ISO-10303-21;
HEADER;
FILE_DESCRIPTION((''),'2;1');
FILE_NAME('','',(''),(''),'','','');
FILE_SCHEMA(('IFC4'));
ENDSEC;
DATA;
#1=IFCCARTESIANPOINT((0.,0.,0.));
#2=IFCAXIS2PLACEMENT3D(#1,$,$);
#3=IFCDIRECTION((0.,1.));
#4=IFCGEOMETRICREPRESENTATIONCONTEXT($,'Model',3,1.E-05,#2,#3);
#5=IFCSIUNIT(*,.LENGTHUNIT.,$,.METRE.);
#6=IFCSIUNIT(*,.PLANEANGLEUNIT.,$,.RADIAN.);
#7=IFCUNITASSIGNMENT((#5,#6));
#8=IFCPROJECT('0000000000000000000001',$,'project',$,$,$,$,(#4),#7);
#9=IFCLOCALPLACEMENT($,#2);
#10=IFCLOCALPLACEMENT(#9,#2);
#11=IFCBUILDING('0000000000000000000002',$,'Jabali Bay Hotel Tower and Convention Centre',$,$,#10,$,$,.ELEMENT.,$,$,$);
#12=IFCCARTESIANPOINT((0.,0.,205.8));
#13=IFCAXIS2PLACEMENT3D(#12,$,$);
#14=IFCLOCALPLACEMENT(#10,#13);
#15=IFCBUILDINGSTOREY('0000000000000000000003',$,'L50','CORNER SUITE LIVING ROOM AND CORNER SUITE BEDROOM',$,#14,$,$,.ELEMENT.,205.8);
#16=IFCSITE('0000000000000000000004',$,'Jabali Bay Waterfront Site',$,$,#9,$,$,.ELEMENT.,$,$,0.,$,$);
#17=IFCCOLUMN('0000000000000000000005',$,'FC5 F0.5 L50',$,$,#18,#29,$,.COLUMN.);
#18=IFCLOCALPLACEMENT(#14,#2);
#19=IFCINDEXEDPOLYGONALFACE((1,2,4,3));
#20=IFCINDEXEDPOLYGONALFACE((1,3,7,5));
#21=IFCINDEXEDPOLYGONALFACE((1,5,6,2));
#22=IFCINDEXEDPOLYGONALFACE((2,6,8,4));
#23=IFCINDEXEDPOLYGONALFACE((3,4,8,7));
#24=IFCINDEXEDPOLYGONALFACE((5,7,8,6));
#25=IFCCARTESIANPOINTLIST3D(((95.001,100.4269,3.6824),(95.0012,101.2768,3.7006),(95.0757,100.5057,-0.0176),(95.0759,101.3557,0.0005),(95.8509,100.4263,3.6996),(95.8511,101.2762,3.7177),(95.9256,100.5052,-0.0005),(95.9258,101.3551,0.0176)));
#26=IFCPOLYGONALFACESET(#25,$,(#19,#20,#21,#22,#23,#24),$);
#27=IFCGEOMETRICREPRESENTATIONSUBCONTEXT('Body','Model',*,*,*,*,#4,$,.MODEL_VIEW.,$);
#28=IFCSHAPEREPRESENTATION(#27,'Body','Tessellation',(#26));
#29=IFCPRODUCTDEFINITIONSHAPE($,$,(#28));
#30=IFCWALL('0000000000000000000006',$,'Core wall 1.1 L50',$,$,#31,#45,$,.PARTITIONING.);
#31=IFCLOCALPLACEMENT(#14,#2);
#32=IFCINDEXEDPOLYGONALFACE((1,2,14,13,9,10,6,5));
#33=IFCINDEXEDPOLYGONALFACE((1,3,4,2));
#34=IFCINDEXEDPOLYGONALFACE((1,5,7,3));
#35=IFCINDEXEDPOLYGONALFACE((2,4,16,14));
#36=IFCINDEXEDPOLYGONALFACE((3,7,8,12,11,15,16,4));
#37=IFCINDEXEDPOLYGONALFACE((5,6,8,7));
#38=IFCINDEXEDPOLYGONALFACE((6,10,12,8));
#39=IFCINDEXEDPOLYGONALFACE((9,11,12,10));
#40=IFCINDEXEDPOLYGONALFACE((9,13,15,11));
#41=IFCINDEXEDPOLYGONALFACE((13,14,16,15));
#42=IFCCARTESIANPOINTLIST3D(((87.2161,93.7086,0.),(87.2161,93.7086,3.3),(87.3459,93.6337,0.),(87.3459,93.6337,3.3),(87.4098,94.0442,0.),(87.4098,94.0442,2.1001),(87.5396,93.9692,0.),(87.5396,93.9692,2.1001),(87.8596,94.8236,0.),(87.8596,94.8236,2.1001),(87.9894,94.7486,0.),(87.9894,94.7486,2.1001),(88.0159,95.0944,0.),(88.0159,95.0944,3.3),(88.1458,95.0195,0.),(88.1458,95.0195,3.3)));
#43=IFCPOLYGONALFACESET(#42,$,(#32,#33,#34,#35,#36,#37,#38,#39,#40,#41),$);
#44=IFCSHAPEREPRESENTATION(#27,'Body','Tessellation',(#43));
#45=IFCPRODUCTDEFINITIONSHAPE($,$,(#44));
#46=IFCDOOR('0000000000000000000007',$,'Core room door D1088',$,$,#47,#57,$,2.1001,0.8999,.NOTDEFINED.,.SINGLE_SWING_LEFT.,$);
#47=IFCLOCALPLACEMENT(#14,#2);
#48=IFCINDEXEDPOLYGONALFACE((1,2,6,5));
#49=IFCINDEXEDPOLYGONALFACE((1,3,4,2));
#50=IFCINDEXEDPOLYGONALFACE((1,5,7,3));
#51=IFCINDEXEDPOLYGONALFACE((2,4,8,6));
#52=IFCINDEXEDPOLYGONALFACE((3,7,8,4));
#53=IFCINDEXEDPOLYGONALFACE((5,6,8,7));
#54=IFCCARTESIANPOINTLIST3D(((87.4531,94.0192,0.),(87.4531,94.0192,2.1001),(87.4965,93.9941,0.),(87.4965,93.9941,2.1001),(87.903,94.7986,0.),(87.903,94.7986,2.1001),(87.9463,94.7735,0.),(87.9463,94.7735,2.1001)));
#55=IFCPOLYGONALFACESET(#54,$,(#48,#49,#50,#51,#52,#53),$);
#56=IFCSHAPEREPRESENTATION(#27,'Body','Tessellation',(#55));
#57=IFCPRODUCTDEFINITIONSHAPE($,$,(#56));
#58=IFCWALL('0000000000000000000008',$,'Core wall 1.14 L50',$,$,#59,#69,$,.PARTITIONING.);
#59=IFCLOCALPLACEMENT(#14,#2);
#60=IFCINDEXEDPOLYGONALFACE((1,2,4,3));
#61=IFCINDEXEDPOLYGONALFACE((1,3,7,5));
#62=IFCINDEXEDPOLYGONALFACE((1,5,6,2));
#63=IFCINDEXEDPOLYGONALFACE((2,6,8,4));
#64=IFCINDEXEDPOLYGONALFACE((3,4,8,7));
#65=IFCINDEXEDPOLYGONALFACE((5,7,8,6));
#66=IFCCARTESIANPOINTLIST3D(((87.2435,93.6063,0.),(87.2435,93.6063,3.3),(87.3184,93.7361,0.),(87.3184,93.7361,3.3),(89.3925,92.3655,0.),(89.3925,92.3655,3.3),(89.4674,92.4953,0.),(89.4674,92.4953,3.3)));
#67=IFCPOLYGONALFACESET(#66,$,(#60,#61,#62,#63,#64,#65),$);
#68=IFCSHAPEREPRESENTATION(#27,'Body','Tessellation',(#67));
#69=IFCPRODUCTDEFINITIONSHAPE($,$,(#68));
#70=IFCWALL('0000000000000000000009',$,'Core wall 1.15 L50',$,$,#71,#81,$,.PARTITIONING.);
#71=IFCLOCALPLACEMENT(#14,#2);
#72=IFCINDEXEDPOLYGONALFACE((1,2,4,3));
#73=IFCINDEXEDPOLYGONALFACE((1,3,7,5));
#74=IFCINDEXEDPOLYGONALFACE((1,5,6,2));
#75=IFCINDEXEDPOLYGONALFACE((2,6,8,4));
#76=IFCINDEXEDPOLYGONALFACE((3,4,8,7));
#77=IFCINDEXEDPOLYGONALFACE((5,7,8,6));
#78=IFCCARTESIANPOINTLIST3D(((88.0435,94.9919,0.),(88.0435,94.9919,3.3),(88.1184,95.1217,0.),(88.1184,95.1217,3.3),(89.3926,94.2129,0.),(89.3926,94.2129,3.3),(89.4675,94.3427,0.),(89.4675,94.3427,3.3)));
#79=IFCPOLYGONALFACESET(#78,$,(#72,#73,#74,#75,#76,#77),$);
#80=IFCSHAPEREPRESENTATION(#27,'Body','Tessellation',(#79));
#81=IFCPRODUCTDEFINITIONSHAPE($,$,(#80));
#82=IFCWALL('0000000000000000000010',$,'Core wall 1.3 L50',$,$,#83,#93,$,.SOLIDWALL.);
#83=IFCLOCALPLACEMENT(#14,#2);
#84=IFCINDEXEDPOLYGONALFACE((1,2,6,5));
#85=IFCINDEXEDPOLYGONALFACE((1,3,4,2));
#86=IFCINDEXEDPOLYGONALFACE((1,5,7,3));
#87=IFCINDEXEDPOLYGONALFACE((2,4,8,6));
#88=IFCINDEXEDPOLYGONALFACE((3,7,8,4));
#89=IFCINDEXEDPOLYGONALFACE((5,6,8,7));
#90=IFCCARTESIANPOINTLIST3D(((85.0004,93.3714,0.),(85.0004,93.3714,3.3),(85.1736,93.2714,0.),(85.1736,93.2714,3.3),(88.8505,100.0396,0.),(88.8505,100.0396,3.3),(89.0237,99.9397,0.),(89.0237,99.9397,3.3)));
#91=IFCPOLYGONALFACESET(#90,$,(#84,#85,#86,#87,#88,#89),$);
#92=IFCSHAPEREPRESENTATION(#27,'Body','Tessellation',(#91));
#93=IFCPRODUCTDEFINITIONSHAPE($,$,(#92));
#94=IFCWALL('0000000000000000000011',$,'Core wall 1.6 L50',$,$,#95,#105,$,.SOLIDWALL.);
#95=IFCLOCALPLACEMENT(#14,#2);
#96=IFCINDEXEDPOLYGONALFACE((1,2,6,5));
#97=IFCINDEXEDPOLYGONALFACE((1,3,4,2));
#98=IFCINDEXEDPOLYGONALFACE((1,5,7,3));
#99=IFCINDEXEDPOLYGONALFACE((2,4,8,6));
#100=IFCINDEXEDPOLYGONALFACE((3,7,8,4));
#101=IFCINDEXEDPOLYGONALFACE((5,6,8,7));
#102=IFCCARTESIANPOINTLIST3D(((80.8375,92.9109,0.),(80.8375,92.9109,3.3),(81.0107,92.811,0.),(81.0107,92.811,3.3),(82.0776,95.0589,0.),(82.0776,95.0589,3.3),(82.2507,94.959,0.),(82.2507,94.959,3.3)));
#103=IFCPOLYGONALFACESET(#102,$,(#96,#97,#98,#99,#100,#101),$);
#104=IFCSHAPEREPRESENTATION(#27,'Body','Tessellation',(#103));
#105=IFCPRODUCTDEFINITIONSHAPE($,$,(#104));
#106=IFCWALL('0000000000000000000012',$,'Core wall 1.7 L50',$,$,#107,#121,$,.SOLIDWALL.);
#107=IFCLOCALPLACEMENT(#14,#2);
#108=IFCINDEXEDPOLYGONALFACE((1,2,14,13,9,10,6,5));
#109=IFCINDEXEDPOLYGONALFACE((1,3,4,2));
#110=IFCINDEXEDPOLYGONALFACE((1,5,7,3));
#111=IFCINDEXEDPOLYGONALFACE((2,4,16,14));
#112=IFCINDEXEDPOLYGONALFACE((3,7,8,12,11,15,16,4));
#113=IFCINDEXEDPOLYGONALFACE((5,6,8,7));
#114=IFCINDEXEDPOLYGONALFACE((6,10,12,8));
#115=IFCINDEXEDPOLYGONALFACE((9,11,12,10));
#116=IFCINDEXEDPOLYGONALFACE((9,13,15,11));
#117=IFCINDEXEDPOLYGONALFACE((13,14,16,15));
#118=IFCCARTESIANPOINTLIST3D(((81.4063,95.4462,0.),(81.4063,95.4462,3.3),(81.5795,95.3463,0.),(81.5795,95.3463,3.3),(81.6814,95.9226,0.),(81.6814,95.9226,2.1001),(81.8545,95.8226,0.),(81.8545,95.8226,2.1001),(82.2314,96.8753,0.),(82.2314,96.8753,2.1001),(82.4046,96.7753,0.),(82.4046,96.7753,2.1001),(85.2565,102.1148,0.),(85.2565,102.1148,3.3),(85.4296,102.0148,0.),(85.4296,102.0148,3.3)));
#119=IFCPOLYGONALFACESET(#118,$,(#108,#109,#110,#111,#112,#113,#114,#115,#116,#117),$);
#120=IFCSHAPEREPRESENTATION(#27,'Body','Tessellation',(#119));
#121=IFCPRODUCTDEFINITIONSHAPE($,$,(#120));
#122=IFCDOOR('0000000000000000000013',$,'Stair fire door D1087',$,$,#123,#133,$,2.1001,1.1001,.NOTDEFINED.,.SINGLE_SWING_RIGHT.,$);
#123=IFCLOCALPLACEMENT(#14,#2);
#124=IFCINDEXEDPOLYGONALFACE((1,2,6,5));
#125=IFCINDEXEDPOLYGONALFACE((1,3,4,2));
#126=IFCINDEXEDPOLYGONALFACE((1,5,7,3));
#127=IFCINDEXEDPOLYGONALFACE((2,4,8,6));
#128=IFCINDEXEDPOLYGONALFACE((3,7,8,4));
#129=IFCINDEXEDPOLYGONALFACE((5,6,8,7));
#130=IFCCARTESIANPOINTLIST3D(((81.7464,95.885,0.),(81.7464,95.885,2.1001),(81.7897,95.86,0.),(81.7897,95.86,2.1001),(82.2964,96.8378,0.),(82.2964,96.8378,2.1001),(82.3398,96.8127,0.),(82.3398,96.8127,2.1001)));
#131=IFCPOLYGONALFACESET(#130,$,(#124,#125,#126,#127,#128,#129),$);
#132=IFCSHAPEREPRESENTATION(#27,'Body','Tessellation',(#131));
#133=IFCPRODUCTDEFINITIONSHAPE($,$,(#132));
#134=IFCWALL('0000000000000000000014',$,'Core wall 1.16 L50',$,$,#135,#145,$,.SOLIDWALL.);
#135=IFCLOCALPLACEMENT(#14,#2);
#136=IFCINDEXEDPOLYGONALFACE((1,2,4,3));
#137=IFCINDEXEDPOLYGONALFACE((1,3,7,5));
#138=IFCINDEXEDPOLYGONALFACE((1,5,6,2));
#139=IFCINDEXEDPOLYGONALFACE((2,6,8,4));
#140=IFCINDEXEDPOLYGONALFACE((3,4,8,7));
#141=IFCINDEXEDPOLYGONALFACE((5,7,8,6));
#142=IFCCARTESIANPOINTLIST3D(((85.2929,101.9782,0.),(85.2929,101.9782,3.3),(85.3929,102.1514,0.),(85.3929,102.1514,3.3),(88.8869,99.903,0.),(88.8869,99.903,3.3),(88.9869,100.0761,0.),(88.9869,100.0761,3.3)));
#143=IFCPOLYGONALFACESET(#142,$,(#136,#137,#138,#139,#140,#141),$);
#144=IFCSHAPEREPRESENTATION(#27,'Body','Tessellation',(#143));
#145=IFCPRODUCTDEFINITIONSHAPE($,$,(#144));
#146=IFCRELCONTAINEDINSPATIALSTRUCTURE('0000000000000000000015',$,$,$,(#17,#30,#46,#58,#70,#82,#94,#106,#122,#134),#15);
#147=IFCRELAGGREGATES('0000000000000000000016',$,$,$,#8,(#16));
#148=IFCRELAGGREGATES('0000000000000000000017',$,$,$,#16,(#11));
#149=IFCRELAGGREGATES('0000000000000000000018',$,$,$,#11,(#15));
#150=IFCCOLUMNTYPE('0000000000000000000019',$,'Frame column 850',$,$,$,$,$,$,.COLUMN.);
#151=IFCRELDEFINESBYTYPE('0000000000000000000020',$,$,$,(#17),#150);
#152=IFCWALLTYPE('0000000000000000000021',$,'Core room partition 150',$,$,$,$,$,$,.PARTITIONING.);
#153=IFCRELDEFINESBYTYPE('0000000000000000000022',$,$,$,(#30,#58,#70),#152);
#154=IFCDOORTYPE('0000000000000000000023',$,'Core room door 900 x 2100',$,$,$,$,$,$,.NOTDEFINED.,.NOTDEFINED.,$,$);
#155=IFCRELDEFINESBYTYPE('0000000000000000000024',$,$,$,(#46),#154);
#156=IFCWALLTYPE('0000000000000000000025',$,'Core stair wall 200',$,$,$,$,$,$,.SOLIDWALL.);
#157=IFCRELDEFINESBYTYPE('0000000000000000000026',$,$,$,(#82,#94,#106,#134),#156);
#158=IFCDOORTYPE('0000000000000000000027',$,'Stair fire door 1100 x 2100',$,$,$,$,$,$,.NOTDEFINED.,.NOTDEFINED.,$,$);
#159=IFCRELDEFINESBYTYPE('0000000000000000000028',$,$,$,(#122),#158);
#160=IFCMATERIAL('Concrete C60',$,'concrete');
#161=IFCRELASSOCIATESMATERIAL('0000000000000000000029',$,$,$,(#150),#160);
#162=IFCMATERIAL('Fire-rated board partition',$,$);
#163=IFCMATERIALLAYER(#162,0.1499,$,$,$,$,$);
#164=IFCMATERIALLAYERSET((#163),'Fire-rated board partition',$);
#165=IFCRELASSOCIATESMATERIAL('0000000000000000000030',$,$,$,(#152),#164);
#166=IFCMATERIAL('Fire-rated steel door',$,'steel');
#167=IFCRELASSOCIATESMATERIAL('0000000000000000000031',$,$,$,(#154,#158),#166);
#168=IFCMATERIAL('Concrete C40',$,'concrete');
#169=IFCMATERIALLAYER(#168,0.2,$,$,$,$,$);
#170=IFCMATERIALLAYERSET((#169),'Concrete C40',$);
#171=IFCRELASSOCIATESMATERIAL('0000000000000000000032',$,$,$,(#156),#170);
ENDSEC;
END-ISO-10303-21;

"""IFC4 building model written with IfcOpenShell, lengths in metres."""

from ifc_helpers import new_model, si_unit, direction, frame, frame_2d, origin, origin_2d, place, context, subcontext, project, spatial, rectangle, extrude, material, layer, layer_set, material_profile, profile_set, type_object, element, fill, save


model = new_model("IFC4")

# Units and contexts
model_context = context("Model", 3, precision=1e-05, world=origin(), true_north=direction((0.0, 1.0)))
body_context = subcontext(model_context, "Body", "Model", "MODEL_VIEW")
ifc_project = project(units=[si_unit("LENGTHUNIT", "METRE"), si_unit("PLANEANGLEUNIT", "RADIAN")], contexts=[model_context])

# Site, building, storey
site_placement = place(None, origin())
site = spatial("IfcSite", under=ifc_project, at=site_placement, Name="Jabali Bay Waterfront Site", CompositionType="ELEMENT", RefElevation=0.0)
building_placement = place(site_placement, origin())
building = spatial("IfcBuilding", under=site, at=building_placement, Name="Jabali Bay Hotel Tower and Convention Centre", CompositionType="ELEMENT")
storey_placement = place(building_placement, frame((0.0, 0.0, 205.8)))
storey = spatial("IfcBuildingStorey", under=building, at=storey_placement, Name="L50", Description="CORNER SUITE LIVING ROOM AND CORNER SUITE BEDROOM", CompositionType="ELEMENT", Elevation=205.8)

# Column
ifc_material_1 = material(Name="Concrete C60", Category="concrete")
ifc_material_profile = material_profile(ifc_material_1, rectangle(XDim=0.8501, YDim=0.8501, at=origin_2d()), Name="Frame column 850")
ifc_profile_set = profile_set([ifc_material_profile], Name="Concrete C60")
column_type = type_object("IfcColumnType", Name="Frame column 850", PredefinedType="COLUMN", material=ifc_profile_set)
column_placement = place(storey_placement, frame((95.5007, 100.9304, 0.0), z_axis=(-0.020183, -0.021304, 0.999569), x_axis=(0.999796, -0.000658, 0.020173)))
element("IfcColumn", 1, at=column_placement, inside=storey, type_object=column_type, Name="FC5 F0.5 L50", PredefinedType="COLUMN", context=body_context, shape_type="SweptSolid", body=[
    extrude(rectangle(XDim=0.8501, YDim=0.8501, at=origin_2d()), origin(), (0.0, 0.0, 1.0), 3.7017),
])

# Wall, opening, door
ifc_material_2 = material(Name="Fire-rated board partition")
ifc_layer_1 = layer(ifc_material_2, 0.1499)
ifc_layer_set_1 = layer_set([ifc_layer_1], Name="Fire-rated board partition")
wall_type_1 = type_object("IfcWallType", Name="Core room partition 150", PredefinedType="PARTITIONING", material=ifc_layer_set_1)
wall_1_placement = place(storey_placement, frame((87.281, 93.6711, 0.0), z_axis=(0.0, 0.0, 1.0), x_axis=(0.499881, 0.866094, 0.0)))
wall_1 = element("IfcWall", 2, at=wall_1_placement, inside=storey, type_object=wall_type_1, Name="Core wall 1.1 L50", PredefinedType="PARTITIONING", context=body_context, shape_type="SweptSolid", body=[
    extrude(rectangle(XDim=1.6001, YDim=0.1499, at=frame_2d((0.8, 0.0))), origin(), (0.0, 0.0, 1.0), 3.3),
])
opening_1_placement = place(wall_1_placement, frame((0.3875, 0.0, 0.0)))
opening_1 = element("IfcOpeningElement", 3, at=opening_1_placement, cuts=wall_1, PredefinedType="OPENING", context=body_context, shape_type="SweptSolid", body=[
    extrude(rectangle(XDim=0.8999, YDim=2.1001, at=frame_2d((0.45, 1.05))), frame((0.0, 0.0854, 0.0), z_axis=(0.0, -1.0, 0.0), x_axis=(1.0, 0.0, 0.0)), (0.0, 0.0, 1.0), 0.1709),
])
ifc_material_3 = material(Name="Fire-rated steel door", Category="steel")
door_type_1 = type_object("IfcDoorType", Name="Core room door 900 x 2100", OperationType="NOTDEFINED", PredefinedType="NOTDEFINED", material=ifc_material_3)
door_1_placement = place(opening_1_placement, origin())
door_1 = element("IfcDoor", 4, at=door_1_placement, inside=storey, type_object=door_type_1, Name="Core room door D1088", OperationType="SINGLE_SWING_LEFT", OverallHeight=2.1001, OverallWidth=0.8999, PredefinedType="NOTDEFINED", context=body_context, shape_type="SweptSolid", body=[
    extrude(rectangle(XDim=0.8999, YDim=2.1001, at=frame_2d((0.45, 1.05))), frame((0.0, 0.0249, 0.0), z_axis=(0.0, -1.0, 0.0), x_axis=(1.0, 0.0, 0.0)), (0.0, 0.0, 1.0), 0.05),
])
fill(opening_1, door_1)

# Walls
wall_2_placement = place(storey_placement, frame((89.4299, 92.4304, 0.0), z_axis=(0.0, 0.0, 1.0), x_axis=(-0.866018, 0.500012, 0.0)))
element("IfcWall", 5, at=wall_2_placement, inside=storey, type_object=wall_type_1, Name="Core wall 1.14 L50", PredefinedType="PARTITIONING", context=body_context, shape_type="SweptSolid", body=[
    extrude(rectangle(XDim=2.4814, YDim=0.1499, at=frame_2d((1.2407, 0.0))), origin(), (0.0, 0.0, 1.0), 3.3),
])
wall_3_placement = place(storey_placement, frame((89.4299, 94.2778, 0.0), z_axis=(0.0, 0.0, 1.0), x_axis=(-0.865987, 0.500066, 0.0)))
element("IfcWall", 6, at=wall_3_placement, inside=storey, type_object=wall_type_1, Name="Core wall 1.15 L50", PredefinedType="PARTITIONING", context=body_context, shape_type="SweptSolid", body=[
    extrude(rectangle(XDim=1.5579, YDim=0.1499, at=frame_2d((0.7788, 0.0))), origin(), (0.0, 0.0, 1.0), 3.3),
])
ifc_material_4 = material(Name="Concrete C40", Category="concrete")
ifc_layer_2 = layer(ifc_material_4, 0.2)
ifc_layer_set_2 = layer_set([ifc_layer_2], Name="Concrete C40")
wall_type_2 = type_object("IfcWallType", Name="Core stair wall 200", PredefinedType="SOLIDWALL", material=ifc_layer_set_2)
wall_4_placement = place(storey_placement, frame((85.0869, 93.3213, 0.0), z_axis=(0.0, 0.0, 1.0), x_axis=(0.50002, 0.866014, 0.0)))
element("IfcWall", 7, at=wall_4_placement, inside=storey, type_object=wall_type_2, Name="Core wall 1.3 L50", PredefinedType="SOLIDWALL", context=body_context, shape_type="SweptSolid", body=[
    extrude(rectangle(XDim=7.7, YDim=0.2, at=frame_2d((3.8501, 0.0))), origin(), (0.0, 0.0, 1.0), 3.3),
])
wall_5_placement = place(storey_placement, frame((80.9241, 92.8608, 0.0), z_axis=(0.0, 0.0, 1.0), x_axis=(0.499961, 0.866048, 0.0)))
element("IfcWall", 8, at=wall_5_placement, inside=storey, type_object=wall_type_2, Name="Core wall 1.6 L50", PredefinedType="SOLIDWALL", context=body_context, shape_type="SweptSolid", body=[
    extrude(rectangle(XDim=2.4802, YDim=0.2, at=frame_2d((1.2402, 0.0))), origin(), (0.0, 0.0, 1.0), 3.3),
])

# Wall, opening, door
wall_6_placement = place(storey_placement, frame((81.4929, 95.3962, 0.0), z_axis=(0.0, 0.0, 1.0), x_axis=(0.500006, 0.866022, 0.0)))
wall_6 = element("IfcWall", 9, at=wall_6_placement, inside=storey, type_object=wall_type_2, Name="Core wall 1.7 L50", PredefinedType="SOLIDWALL", context=body_context, shape_type="SweptSolid", body=[
    extrude(rectangle(XDim=7.7002, YDim=0.2, at=frame_2d((3.8501, 0.0))), origin(), (0.0, 0.0, 1.0), 3.3),
])
opening_2_placement = place(wall_6_placement, frame((0.55, 0.0, 0.0)))
opening_2 = element("IfcOpeningElement", 10, at=opening_2_placement, cuts=wall_6, PredefinedType="OPENING", context=body_context, shape_type="SweptSolid", body=[
    extrude(rectangle(XDim=1.1001, YDim=2.1001, at=frame_2d((0.55, 1.05))), frame((0.0, 0.1104, 0.0), z_axis=(0.0, -1.0, 0.0), x_axis=(1.0, 0.0, 0.0)), (0.0, 0.0, 1.0), 0.2209),
])
door_type_2 = type_object("IfcDoorType", Name="Stair fire door 1100 x 2100", OperationType="NOTDEFINED", PredefinedType="NOTDEFINED", material=ifc_material_3)
door_2_placement = place(opening_2_placement, origin())
door_2 = element("IfcDoor", 11, at=door_2_placement, inside=storey, type_object=door_type_2, Name="Stair fire door D1087", OperationType="SINGLE_SWING_RIGHT", OverallHeight=2.1001, OverallWidth=1.1001, PredefinedType="NOTDEFINED", context=body_context, shape_type="SweptSolid", body=[
    extrude(rectangle(XDim=1.1001, YDim=2.1001, at=frame_2d((0.55, 1.05))), frame((0.0, 0.0249, 0.0), z_axis=(0.0, -1.0, 0.0), x_axis=(1.0, 0.0, 0.0)), (0.0, 0.0, 1.0), 0.05),
])
fill(opening_2, door_2)

# Wall
wall_7_placement = place(storey_placement, frame((88.937, 99.9895, 0.0), z_axis=(0.0, 0.0, 1.0), x_axis=(-0.866004, 0.500036, 0.0)))
element("IfcWall", 12, at=wall_7_placement, inside=storey, type_object=wall_type_2, Name="Core wall 1.16 L50", PredefinedType="SOLIDWALL", context=body_context, shape_type="SweptSolid", body=[
    extrude(rectangle(XDim=4.1501, YDim=0.2, at=frame_2d((2.0752, 0.0))), origin(), (0.0, 0.0, 1.0), 3.3),
])

save(model, "model.ifc")
